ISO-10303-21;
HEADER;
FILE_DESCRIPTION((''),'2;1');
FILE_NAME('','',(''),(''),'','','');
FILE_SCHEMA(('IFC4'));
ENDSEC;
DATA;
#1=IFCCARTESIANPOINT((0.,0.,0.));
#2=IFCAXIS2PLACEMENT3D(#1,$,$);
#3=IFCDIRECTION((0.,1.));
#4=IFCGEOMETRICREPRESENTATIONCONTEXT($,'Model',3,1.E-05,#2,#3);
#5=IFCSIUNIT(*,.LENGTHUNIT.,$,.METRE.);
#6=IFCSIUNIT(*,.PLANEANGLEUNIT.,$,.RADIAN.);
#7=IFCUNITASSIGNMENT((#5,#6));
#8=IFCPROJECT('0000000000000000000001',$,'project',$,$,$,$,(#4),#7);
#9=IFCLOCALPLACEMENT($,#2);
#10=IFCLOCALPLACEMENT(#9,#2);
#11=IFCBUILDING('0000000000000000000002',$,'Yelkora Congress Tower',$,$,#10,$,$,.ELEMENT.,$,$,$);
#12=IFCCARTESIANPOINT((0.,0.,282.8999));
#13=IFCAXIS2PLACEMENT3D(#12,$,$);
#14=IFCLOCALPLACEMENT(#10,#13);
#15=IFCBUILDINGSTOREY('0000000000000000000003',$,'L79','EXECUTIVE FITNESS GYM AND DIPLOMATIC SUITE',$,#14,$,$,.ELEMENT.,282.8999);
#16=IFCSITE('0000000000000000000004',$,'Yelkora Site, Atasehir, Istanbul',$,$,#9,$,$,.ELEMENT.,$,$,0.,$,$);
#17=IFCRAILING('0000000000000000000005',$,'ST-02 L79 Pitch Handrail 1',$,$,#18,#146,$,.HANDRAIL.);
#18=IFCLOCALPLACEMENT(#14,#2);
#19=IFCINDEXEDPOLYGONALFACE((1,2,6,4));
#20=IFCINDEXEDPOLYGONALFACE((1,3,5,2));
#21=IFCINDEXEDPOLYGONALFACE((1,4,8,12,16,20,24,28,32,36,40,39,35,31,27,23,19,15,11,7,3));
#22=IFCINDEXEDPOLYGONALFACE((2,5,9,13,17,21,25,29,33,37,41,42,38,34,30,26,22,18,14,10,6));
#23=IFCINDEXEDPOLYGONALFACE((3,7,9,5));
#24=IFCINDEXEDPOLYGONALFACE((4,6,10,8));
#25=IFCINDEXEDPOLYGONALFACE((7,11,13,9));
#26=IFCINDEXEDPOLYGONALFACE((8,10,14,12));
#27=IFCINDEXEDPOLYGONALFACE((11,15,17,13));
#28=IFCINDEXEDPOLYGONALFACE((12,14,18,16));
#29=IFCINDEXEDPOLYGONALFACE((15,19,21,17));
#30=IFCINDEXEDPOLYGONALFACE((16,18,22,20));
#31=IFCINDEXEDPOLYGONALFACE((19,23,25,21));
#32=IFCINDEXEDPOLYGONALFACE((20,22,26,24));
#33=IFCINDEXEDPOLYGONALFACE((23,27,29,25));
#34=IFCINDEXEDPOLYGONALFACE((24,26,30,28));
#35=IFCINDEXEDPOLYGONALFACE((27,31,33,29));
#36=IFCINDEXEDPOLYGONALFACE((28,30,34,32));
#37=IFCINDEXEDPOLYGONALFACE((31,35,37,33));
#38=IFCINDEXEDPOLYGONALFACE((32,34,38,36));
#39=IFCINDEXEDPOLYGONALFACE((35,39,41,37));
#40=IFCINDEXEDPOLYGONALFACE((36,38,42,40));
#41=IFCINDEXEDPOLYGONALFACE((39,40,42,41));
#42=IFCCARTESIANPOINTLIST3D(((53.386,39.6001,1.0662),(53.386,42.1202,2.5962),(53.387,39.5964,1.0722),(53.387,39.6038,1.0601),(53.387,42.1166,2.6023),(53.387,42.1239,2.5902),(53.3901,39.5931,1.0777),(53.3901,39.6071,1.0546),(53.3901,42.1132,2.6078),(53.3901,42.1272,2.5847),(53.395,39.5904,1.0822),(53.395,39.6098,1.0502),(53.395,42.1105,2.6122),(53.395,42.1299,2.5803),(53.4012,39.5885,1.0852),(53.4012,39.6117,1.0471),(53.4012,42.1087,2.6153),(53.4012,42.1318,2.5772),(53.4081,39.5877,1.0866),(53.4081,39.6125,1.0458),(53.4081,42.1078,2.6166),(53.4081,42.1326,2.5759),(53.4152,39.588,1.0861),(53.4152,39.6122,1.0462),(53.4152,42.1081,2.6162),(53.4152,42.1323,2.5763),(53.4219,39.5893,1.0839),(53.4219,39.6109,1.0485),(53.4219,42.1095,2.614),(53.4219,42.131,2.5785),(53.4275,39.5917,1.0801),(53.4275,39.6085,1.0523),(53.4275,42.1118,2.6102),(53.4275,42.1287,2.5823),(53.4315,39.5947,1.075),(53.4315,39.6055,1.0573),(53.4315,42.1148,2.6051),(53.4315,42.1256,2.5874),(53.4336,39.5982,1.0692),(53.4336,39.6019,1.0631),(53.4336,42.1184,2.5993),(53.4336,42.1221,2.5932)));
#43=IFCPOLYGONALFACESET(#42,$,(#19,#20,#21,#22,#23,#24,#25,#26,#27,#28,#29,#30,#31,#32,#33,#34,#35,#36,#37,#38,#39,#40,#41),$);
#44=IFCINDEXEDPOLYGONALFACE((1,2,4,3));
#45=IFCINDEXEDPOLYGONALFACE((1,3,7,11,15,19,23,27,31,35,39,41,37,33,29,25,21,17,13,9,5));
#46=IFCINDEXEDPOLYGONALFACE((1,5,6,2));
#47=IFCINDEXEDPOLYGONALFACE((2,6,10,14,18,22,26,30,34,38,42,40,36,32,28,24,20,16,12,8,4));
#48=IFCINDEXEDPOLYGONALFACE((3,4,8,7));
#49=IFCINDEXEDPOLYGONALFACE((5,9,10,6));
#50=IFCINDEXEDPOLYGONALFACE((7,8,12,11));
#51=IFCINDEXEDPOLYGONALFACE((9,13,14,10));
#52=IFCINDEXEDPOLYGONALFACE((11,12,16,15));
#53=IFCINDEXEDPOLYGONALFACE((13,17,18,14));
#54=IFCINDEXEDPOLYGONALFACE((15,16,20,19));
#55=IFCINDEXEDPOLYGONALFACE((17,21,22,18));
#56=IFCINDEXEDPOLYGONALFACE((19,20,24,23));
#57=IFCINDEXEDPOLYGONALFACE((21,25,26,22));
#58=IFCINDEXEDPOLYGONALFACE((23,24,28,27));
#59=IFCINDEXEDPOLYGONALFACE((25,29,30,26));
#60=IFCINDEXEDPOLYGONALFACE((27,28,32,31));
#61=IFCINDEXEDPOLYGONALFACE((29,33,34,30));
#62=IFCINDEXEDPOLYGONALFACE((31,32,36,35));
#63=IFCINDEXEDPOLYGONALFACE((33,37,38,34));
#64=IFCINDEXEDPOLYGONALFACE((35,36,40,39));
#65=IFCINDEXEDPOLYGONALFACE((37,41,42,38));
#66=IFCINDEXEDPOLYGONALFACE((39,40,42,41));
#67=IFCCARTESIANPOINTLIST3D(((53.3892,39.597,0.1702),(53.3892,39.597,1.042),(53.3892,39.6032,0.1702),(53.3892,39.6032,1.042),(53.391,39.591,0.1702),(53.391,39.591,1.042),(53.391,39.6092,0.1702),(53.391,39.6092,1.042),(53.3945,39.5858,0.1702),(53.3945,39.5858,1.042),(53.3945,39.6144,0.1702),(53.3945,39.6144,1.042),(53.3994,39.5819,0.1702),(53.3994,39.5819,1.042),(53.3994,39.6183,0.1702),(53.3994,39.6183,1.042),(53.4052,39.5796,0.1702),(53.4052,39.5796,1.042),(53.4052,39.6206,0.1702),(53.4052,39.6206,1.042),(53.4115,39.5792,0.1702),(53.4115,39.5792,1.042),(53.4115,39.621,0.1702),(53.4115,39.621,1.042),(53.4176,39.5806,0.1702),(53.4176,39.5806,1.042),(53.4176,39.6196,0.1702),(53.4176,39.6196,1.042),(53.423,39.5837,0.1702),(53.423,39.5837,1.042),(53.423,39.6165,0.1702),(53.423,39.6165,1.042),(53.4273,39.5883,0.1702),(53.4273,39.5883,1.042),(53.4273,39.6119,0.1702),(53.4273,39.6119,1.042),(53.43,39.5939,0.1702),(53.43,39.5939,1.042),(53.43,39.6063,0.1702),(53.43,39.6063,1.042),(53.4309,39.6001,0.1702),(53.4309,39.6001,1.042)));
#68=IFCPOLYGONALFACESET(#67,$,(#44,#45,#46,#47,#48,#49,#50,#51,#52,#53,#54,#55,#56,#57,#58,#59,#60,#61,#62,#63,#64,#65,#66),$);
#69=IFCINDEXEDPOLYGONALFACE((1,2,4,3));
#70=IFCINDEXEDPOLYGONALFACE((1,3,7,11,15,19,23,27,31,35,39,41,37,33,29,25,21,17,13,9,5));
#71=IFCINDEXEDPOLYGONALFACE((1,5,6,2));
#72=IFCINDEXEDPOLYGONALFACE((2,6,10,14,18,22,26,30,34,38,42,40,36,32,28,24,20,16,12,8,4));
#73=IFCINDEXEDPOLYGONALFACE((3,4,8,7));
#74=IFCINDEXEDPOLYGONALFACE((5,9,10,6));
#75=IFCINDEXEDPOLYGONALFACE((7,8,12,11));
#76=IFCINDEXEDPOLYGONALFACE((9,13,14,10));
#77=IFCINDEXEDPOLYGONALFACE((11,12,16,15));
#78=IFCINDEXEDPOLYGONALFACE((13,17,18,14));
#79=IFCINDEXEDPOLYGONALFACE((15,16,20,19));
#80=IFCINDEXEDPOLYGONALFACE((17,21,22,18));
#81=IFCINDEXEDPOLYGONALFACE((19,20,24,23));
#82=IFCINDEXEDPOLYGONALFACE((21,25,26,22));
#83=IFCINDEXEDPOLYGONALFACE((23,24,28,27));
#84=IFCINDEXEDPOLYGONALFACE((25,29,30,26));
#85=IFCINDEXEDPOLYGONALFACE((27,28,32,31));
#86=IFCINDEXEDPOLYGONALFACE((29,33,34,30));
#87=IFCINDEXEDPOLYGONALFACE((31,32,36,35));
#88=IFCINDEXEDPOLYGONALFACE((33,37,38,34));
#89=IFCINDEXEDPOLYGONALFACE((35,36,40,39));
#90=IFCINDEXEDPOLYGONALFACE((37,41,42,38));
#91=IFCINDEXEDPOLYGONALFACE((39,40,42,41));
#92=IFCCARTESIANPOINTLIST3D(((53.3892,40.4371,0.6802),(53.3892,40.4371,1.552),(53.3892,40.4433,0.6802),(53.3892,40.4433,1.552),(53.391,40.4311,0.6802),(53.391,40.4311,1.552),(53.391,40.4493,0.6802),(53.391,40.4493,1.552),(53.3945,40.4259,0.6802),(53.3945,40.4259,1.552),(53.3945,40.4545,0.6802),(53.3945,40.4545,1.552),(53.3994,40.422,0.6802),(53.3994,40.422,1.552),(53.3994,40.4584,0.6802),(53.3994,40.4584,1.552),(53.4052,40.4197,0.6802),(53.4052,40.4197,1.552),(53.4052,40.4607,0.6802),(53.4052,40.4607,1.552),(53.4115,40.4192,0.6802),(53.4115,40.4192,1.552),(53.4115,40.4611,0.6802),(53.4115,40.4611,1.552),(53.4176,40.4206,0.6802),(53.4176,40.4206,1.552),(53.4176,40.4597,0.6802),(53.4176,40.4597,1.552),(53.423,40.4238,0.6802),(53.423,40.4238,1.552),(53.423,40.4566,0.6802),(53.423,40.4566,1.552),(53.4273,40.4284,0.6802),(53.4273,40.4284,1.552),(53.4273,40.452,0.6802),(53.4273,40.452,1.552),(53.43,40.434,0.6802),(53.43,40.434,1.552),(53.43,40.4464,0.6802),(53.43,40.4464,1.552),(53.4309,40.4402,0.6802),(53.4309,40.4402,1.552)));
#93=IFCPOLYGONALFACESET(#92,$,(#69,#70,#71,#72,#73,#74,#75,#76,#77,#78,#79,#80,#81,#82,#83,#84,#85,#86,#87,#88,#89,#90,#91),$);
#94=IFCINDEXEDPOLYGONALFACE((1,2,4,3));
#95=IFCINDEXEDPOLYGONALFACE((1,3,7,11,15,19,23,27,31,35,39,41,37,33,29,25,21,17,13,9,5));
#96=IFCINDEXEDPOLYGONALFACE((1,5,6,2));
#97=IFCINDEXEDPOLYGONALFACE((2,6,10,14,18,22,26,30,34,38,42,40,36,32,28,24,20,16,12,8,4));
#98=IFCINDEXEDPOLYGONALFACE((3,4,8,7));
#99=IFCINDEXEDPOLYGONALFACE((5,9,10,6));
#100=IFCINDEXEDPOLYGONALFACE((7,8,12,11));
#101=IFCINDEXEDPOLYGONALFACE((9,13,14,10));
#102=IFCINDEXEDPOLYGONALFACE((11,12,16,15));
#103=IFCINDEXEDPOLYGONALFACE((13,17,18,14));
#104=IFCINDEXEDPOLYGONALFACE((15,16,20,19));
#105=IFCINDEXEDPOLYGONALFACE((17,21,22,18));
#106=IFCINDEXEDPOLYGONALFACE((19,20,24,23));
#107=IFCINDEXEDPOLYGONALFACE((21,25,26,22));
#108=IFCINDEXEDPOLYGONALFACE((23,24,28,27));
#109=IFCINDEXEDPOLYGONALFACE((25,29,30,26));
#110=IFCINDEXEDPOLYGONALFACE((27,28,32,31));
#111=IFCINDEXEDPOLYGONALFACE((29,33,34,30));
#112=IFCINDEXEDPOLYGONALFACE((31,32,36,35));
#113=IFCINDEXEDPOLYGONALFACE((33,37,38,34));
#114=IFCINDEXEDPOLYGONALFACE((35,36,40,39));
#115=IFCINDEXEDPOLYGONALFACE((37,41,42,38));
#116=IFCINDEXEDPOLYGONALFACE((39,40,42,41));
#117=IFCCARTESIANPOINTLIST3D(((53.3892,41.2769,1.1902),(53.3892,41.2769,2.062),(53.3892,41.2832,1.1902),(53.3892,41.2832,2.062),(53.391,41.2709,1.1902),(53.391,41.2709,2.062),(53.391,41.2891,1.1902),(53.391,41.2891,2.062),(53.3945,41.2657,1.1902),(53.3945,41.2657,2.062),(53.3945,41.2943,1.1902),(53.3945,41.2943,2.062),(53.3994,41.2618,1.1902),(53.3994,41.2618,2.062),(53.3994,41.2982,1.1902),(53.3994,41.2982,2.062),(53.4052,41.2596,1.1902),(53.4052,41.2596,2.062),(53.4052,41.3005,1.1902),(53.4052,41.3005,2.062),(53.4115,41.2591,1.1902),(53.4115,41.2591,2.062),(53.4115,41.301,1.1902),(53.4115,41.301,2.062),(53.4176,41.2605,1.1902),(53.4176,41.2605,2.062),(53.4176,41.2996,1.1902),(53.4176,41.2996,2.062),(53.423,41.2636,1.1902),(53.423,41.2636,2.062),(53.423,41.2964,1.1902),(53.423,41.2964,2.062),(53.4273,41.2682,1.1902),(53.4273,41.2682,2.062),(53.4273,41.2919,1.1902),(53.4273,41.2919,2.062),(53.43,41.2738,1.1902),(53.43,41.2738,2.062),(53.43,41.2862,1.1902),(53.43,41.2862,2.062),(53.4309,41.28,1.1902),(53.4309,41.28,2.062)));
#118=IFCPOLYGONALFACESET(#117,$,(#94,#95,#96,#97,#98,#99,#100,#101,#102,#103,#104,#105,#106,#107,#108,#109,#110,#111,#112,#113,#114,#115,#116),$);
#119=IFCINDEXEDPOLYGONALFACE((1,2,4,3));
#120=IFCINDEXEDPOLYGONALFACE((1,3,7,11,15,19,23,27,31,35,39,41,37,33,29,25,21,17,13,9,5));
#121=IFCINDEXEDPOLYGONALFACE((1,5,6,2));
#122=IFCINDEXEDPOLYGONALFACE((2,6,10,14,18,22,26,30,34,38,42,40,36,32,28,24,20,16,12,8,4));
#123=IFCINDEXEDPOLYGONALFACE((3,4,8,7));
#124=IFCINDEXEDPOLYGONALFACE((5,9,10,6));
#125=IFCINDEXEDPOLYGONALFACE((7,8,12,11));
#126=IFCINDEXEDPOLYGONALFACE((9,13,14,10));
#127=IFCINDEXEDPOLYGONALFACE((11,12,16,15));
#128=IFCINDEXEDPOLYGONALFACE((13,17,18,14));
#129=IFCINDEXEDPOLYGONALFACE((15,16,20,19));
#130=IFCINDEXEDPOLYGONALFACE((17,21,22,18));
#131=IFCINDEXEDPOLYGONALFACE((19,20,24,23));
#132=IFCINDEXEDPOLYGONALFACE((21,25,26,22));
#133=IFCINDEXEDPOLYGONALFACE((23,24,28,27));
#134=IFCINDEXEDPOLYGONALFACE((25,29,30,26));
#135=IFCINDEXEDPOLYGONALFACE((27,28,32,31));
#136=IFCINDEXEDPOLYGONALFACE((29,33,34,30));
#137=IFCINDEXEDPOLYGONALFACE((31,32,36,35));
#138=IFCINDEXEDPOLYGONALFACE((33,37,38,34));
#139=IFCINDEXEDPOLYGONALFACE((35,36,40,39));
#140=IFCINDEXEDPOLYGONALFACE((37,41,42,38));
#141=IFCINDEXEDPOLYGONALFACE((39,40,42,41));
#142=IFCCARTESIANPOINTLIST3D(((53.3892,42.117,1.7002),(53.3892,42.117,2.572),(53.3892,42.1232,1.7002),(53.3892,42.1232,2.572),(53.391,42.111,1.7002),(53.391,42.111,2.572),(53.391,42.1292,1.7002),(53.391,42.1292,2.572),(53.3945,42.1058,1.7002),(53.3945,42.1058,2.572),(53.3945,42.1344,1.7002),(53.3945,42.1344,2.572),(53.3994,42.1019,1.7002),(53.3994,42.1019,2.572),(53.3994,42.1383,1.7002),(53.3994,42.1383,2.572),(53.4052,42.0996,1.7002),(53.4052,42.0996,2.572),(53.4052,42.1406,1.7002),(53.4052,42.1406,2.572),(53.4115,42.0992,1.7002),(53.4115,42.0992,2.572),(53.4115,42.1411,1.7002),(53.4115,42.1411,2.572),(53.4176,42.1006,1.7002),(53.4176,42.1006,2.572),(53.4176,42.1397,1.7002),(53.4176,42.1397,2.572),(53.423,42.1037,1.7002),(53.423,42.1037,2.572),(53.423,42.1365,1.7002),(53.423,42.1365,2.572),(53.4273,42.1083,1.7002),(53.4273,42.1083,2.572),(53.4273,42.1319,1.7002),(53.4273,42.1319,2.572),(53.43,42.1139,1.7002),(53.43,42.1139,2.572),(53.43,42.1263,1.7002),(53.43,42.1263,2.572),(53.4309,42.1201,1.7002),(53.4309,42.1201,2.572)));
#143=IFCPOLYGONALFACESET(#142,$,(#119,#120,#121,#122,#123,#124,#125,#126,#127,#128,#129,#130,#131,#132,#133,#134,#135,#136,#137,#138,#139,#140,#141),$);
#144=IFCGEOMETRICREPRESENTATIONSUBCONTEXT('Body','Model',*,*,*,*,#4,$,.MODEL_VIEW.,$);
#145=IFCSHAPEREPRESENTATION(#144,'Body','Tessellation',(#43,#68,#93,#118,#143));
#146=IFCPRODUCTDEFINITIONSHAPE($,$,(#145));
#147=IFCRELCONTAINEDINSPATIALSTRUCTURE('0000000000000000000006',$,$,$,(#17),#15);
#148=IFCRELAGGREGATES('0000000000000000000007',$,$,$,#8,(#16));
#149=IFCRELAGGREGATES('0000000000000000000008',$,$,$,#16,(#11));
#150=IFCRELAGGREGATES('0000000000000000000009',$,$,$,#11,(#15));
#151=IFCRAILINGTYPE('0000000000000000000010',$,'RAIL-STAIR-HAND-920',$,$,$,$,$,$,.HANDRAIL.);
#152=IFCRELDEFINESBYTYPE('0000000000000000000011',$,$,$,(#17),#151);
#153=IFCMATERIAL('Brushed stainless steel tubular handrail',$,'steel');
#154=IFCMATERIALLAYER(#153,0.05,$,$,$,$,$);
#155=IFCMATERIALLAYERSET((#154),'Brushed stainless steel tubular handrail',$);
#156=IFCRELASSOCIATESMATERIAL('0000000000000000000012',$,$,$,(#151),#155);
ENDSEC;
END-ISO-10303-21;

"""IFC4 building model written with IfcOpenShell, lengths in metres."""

from ifc_helpers import new_model, si_unit, direction, frame, origin, origin_2d, place, context, subcontext, project, spatial, circle, extrude, material, layer, layer_set, type_object, element, save


model = new_model("IFC4")

# Units and contexts
model_context = context("Model", 3, precision=1e-05, world=origin(), true_north=direction((0.0, 1.0)))
body_context = subcontext(model_context, "Body", "Model", "MODEL_VIEW")
ifc_project = project(units=[si_unit("LENGTHUNIT", "METRE"), si_unit("PLANEANGLEUNIT", "RADIAN")], contexts=[model_context])

# Site, building, storey
site_placement = place(None, origin())
site = spatial("IfcSite", under=ifc_project, at=site_placement, Name="Yelkora Site, Atasehir, Istanbul", CompositionType="ELEMENT", RefElevation=0.0)
building_placement = place(site_placement, origin())
building = spatial("IfcBuilding", under=site, at=building_placement, Name="Yelkora Congress Tower", CompositionType="ELEMENT")
storey_placement = place(building_placement, frame((0.0, 0.0, 282.8999)))
storey = spatial("IfcBuildingStorey", under=building, at=storey_placement, Name="L79", Description="EXECUTIVE FITNESS GYM AND DIPLOMATIC SUITE", CompositionType="ELEMENT", Elevation=282.8999)

# Railing
ifc_material_1 = material(Name="Brushed stainless steel tubular handrail", Category="steel")
ifc_layer_1 = layer(ifc_material_1, 0.05)
ifc_layer_set_1 = layer_set([ifc_layer_1], Name="Brushed stainless steel tubular handrail")
railing_type_1 = type_object("IfcRailingType", Name="RAIL-STAIR-HAND-920", PredefinedType="HANDRAIL", material=ifc_layer_set_1)
railing_1_placement = place(storey_placement, frame((53.4099, 39.6001, 0.1702)))
element("IfcRailing", 1, at=railing_1_placement, inside=storey, type_object=railing_type_1, Name="ST-02 L79 Pitch Handrail 1", PredefinedType="HANDRAIL", context=body_context, shape_type="SweptSolid", body=[
    extrude(circle(Radius=0.0239, at=origin_2d()), frame((0.0, 0.0, 0.896), z_axis=(0.0, 0.854785, 0.518982), x_axis=(-1.0, 0.0, 0.0)), (0.0, 0.0, 1.0), 2.9482),
    extrude(circle(Radius=0.021, at=origin_2d()), origin(), (0.0, 0.0, 1.0), 0.8718),
    extrude(circle(Radius=0.021, at=origin_2d()), frame((0.0, 0.8401, 0.51)), (0.0, 0.0, 1.0), 0.8718),
    extrude(circle(Radius=0.021, at=origin_2d()), frame((0.0, 1.6799, 1.02)), (0.0, 0.0, 1.0), 0.8718),
    extrude(circle(Radius=0.021, at=origin_2d()), frame((0.0, 2.52, 1.53)), (0.0, 0.0, 1.0), 0.8718),
])

save(model, "model.ifc")
